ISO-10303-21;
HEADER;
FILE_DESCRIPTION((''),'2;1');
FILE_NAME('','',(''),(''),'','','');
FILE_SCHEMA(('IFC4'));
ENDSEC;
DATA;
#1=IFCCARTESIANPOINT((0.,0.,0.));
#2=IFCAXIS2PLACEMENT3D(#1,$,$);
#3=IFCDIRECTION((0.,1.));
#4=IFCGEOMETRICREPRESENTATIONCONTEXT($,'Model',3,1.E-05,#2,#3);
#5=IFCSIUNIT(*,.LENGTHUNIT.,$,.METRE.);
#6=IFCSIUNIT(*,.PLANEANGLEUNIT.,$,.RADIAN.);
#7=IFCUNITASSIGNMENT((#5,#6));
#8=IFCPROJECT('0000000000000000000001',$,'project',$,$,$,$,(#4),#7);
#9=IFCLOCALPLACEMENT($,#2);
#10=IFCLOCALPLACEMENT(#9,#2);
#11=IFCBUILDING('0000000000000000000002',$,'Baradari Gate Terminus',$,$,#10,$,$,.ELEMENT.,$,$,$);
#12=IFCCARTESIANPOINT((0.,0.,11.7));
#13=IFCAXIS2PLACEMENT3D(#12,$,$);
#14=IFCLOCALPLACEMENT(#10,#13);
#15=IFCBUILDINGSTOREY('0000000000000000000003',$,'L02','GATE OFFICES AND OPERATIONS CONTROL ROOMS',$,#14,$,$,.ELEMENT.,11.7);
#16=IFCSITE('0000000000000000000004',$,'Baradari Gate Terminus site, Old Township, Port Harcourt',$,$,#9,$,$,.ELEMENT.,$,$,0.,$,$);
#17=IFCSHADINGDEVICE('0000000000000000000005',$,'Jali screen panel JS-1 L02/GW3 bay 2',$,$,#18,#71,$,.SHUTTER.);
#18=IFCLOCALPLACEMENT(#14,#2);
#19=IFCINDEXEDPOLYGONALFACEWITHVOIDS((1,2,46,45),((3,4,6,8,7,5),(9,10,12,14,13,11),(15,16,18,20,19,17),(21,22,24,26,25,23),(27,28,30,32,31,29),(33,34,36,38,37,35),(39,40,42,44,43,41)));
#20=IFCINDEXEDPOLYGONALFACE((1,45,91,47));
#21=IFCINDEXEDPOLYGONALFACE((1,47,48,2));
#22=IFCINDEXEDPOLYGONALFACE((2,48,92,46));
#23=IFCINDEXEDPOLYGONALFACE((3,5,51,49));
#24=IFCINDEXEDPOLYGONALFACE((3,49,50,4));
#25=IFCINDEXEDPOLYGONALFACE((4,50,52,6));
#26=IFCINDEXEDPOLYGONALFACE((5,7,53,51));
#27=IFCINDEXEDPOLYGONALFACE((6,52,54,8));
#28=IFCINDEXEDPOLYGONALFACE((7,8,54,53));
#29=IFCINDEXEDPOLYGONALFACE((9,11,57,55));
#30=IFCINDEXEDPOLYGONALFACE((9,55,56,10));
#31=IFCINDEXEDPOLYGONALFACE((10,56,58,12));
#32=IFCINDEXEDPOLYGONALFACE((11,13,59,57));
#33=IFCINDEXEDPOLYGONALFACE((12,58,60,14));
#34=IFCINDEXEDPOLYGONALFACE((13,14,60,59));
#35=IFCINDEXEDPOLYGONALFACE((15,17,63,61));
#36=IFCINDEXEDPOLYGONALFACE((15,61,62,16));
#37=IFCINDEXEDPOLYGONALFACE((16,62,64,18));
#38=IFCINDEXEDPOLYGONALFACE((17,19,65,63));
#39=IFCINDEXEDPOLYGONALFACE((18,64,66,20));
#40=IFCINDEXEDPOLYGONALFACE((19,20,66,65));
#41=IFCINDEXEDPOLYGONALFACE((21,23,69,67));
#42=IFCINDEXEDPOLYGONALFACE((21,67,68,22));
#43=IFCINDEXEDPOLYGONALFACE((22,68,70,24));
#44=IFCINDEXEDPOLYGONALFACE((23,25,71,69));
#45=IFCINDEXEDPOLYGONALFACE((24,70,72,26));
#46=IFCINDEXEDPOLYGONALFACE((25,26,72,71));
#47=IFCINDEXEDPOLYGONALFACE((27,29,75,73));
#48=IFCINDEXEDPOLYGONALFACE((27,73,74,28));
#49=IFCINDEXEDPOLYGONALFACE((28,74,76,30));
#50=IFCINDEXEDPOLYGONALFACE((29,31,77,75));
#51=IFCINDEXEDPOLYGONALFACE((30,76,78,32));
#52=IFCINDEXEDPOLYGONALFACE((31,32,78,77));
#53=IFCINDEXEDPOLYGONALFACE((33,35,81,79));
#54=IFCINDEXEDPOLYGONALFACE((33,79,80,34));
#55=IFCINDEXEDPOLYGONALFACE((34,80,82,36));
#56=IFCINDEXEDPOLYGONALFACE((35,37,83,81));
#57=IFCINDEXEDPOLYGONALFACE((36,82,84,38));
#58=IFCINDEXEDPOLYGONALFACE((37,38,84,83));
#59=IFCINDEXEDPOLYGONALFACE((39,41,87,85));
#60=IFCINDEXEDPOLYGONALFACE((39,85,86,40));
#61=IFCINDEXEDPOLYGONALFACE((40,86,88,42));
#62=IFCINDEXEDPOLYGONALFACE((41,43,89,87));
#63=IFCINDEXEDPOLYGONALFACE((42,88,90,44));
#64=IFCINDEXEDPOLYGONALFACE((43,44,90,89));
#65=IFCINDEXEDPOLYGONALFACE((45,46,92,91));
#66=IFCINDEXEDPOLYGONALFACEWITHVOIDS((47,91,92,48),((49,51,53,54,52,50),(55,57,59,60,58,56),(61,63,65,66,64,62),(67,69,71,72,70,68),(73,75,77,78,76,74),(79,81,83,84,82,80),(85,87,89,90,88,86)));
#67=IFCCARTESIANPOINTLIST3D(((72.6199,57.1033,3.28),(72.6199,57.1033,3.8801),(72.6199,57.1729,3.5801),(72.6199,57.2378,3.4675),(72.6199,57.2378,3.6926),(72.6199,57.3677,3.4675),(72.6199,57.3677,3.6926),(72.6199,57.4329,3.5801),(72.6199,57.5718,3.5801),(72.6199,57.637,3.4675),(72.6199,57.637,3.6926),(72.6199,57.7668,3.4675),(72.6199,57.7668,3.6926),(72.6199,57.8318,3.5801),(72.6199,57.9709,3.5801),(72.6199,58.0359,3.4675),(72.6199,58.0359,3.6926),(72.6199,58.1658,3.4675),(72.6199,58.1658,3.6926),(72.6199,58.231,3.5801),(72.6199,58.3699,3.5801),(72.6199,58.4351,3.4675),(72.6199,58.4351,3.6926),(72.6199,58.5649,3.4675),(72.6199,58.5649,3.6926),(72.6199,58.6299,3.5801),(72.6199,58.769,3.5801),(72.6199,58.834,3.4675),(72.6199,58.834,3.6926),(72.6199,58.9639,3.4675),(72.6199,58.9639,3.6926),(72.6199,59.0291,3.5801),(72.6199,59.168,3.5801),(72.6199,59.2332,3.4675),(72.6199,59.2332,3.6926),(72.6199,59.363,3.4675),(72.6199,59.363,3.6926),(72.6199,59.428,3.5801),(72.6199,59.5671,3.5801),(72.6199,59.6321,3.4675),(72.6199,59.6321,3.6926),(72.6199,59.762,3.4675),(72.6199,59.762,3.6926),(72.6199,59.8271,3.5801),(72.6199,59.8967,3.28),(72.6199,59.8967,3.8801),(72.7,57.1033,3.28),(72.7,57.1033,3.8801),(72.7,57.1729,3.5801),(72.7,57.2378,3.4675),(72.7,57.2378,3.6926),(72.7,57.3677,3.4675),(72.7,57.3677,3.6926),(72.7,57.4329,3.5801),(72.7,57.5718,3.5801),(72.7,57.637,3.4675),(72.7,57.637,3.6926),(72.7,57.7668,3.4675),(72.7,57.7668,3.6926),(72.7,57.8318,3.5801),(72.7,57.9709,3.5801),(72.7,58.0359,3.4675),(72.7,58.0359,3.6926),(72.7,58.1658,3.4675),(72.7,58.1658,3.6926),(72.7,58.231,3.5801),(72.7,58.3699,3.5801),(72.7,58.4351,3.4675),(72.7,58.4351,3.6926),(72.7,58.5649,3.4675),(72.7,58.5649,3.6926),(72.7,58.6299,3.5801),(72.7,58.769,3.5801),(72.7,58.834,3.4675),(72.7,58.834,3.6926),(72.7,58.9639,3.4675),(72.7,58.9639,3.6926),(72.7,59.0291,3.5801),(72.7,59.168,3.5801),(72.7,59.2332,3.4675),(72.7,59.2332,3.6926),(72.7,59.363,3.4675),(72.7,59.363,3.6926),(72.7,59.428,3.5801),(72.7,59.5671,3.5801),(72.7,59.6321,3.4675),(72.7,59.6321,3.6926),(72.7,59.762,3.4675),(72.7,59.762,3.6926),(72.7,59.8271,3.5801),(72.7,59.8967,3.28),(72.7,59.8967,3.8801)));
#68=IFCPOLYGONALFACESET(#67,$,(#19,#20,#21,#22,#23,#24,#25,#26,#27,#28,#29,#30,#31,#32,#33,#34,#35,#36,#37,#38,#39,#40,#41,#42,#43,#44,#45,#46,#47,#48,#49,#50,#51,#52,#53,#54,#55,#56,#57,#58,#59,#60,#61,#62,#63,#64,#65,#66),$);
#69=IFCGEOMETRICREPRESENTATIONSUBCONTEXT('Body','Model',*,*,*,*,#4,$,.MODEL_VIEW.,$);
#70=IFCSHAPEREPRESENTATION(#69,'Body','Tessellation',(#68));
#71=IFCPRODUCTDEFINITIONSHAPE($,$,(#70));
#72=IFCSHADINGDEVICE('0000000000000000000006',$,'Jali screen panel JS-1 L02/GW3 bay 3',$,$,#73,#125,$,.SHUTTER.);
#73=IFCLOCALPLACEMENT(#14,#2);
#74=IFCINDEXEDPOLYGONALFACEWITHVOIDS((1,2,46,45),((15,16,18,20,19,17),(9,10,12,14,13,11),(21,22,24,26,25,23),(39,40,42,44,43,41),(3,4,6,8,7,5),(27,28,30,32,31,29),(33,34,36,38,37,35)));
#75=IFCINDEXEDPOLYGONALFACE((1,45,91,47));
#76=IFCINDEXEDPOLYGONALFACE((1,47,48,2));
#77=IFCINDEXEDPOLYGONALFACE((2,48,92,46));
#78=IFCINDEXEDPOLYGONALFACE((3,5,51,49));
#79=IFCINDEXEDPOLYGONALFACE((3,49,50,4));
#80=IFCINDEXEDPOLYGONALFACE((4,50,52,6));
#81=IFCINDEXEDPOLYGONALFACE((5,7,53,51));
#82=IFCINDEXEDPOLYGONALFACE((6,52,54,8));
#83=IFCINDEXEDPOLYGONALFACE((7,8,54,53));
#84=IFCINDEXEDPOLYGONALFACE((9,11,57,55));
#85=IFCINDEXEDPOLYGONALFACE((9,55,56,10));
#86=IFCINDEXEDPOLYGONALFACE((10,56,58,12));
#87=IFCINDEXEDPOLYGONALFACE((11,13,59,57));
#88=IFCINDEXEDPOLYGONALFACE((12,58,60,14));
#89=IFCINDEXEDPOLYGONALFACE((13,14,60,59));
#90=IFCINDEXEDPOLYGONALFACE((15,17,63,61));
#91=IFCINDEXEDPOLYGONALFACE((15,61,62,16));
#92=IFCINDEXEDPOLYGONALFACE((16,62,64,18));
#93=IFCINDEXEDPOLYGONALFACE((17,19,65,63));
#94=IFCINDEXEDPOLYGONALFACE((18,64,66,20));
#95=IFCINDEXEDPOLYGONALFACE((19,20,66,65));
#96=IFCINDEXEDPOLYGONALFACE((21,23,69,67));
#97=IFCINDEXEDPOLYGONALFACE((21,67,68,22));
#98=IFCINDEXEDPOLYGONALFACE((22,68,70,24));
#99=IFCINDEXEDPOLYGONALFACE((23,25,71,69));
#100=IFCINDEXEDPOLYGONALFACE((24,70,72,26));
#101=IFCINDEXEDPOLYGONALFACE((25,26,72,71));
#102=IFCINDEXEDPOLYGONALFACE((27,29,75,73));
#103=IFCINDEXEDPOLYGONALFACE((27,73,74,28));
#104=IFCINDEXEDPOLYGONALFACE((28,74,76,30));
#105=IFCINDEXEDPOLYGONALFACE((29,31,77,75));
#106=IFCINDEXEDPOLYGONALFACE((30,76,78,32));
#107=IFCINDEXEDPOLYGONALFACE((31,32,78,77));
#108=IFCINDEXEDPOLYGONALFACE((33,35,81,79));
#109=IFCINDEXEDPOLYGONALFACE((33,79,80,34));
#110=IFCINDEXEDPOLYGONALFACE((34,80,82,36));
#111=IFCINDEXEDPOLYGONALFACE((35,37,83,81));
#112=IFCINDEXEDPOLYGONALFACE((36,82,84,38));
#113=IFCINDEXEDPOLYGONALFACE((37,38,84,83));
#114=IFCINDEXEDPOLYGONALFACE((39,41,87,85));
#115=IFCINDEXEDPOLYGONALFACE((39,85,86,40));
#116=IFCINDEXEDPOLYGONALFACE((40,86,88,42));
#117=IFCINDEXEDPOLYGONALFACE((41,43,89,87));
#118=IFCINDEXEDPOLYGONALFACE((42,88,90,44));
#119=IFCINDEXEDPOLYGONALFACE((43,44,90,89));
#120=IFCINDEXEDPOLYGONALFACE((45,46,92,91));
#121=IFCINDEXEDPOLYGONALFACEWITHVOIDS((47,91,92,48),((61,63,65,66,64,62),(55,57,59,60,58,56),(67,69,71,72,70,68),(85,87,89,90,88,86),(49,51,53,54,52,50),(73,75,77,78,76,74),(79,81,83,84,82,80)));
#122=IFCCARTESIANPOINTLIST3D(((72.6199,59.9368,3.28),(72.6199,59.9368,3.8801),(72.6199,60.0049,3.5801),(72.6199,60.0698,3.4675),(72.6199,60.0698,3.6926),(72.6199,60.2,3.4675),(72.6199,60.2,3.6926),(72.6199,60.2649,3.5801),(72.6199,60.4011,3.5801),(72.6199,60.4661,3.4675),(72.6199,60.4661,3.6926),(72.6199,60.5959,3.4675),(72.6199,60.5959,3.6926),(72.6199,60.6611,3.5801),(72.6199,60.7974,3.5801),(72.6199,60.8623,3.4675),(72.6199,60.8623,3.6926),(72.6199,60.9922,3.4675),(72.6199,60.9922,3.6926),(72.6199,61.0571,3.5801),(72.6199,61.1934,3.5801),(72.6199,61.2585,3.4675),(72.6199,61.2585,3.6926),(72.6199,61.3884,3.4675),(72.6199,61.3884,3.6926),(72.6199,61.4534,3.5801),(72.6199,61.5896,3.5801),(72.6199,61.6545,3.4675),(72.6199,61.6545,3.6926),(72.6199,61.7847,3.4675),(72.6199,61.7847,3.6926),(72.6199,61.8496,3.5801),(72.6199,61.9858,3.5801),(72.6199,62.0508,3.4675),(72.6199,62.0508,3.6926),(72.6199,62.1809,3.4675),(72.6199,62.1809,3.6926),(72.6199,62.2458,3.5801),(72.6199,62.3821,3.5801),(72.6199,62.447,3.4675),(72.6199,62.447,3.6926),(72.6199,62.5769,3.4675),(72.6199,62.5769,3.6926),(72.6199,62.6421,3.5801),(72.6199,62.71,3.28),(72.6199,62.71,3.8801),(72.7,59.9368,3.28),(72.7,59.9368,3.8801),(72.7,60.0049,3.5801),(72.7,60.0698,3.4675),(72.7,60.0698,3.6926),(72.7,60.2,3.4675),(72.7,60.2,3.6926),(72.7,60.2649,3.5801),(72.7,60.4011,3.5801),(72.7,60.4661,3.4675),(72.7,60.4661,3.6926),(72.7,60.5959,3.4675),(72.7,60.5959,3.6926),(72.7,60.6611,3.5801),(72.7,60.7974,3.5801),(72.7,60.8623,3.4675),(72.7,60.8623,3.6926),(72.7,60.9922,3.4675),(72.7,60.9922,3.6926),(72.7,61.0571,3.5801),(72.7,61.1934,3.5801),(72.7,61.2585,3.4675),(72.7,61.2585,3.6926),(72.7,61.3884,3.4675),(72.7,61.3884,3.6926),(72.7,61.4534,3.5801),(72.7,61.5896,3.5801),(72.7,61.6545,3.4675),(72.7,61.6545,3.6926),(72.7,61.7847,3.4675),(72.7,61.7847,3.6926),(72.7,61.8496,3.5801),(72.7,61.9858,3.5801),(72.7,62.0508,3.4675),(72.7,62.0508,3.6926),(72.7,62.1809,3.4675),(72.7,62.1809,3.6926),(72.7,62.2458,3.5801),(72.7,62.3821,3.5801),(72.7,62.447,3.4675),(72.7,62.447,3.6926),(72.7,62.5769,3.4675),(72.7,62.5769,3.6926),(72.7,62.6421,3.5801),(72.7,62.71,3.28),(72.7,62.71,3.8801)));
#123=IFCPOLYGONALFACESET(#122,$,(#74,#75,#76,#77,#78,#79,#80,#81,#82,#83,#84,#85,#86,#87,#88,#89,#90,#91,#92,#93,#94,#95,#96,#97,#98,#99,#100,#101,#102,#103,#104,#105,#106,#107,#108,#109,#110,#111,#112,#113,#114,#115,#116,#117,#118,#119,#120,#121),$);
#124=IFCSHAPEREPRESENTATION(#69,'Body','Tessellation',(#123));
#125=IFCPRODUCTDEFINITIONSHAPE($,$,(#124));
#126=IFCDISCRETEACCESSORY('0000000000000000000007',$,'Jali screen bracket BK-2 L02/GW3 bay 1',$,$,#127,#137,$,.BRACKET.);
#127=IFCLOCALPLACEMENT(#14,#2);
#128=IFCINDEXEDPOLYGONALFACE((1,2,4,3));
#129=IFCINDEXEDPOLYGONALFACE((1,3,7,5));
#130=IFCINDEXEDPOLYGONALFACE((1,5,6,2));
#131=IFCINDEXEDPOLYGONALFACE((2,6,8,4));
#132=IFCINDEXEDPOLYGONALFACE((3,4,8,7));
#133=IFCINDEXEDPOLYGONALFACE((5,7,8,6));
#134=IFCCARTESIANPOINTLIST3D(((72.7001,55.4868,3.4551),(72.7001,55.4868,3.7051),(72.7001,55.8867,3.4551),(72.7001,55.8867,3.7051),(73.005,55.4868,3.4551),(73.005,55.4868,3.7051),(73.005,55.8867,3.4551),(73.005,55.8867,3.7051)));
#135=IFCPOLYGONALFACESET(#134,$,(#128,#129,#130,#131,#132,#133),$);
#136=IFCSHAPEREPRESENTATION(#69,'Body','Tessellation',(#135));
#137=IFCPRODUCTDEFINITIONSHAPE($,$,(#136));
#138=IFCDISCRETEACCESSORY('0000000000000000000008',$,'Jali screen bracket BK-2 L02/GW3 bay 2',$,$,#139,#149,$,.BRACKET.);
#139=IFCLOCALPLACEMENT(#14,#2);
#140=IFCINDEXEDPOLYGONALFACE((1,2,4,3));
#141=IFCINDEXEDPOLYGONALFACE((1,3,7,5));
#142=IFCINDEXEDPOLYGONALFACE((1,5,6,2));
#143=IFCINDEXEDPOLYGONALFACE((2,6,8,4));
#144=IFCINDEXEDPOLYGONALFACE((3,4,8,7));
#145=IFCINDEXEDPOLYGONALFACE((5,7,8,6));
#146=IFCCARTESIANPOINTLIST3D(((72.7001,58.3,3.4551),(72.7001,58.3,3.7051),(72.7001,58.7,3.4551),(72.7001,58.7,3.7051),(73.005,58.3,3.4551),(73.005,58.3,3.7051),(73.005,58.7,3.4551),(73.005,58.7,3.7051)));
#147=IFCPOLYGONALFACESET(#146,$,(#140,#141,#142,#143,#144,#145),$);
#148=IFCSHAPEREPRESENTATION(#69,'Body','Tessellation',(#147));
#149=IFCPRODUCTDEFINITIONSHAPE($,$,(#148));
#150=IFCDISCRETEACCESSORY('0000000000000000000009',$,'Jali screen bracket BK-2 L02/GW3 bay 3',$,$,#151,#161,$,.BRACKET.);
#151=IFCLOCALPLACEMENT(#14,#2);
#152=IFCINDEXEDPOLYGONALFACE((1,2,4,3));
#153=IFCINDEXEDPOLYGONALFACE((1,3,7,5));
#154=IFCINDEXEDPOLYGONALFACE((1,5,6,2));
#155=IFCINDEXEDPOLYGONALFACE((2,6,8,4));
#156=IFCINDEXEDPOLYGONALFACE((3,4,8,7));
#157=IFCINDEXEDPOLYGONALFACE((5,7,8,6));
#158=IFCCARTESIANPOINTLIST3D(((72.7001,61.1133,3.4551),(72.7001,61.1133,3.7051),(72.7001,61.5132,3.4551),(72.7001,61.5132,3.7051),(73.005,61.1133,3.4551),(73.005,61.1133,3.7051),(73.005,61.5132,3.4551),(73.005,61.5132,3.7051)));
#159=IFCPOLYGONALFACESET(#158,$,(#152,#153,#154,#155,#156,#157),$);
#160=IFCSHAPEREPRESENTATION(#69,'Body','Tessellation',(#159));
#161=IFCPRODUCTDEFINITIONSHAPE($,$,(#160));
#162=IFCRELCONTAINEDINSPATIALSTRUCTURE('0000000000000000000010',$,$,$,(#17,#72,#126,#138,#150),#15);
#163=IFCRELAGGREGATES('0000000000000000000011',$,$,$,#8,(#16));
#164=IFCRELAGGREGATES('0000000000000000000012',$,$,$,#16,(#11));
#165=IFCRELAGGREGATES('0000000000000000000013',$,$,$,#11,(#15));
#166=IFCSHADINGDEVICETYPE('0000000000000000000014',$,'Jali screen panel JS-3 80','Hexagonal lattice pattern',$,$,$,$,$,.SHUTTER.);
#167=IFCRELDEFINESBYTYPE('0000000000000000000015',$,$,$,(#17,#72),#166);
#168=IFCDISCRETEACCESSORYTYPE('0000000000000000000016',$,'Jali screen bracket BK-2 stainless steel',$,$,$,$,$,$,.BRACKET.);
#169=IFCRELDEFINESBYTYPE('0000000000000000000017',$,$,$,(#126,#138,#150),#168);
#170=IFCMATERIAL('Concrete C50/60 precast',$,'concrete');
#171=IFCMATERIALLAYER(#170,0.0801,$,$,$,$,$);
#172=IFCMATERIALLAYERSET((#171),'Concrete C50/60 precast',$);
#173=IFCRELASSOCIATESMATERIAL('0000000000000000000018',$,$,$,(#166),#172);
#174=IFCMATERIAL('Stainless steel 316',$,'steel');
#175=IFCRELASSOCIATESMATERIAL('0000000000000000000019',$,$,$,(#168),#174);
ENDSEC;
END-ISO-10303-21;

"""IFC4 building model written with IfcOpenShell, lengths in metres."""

from ifc_helpers import new_model, si_unit, direction, frame, origin, origin_2d, place, context, subcontext, project, spatial, polyline, rectangle, outline, extrude, material, layer, layer_set, type_object, element, save


model = new_model("IFC4")

# Units and contexts
model_context = context("Model", 3, precision=1e-05, world=origin(), true_north=direction((0.0, 1.0)))
body_context = subcontext(model_context, "Body", "Model", "MODEL_VIEW")
ifc_project = project(units=[si_unit("LENGTHUNIT", "METRE"), si_unit("PLANEANGLEUNIT", "RADIAN")], contexts=[model_context])

# Site, building, storey
site_placement = place(None, origin())
site = spatial("IfcSite", under=ifc_project, at=site_placement, Name="Baradari Gate Terminus site, Old Township, Port Harcourt", CompositionType="ELEMENT", RefElevation=0.0)
building_placement = place(site_placement, origin())
building = spatial("IfcBuilding", under=site, at=building_placement, Name="Baradari Gate Terminus", CompositionType="ELEMENT")
storey_placement = place(building_placement, frame((0.0, 0.0, 11.7)))
storey = spatial("IfcBuildingStorey", under=building, at=storey_placement, Name="L02", Description="GATE OFFICES AND OPERATIONS CONTROL ROOMS", CompositionType="ELEMENT", Elevation=11.7)

# Shading devices
ifc_material_1 = material(Name="Concrete C50/60 precast", Category="concrete")
ifc_layer_1 = layer(ifc_material_1, 0.0801)
ifc_layer_set_1 = layer_set([ifc_layer_1], Name="Concrete C50/60 precast")
shading_device_type = type_object("IfcShadingDeviceType", Name="Jali screen panel JS-3 80", Description="Hexagonal lattice pattern", PredefinedType="SHUTTER", material=ifc_layer_set_1)
shading_device_1_placement = place(storey_placement, frame((72.6599, 57.1033, 3.28), z_axis=(0.0, 0.0, 1.0), x_axis=(0.0, 1.0, 0.0)))
element("IfcShadingDevice", 1, at=shading_device_1_placement, inside=storey, type_object=shading_device_type, Name="Jali screen panel JS-1 L02/GW3 bay 2", PredefinedType="SHUTTER", context=body_context, shape_type="SweptSolid", body=[
    extrude(outline(polyline([(0.0, 0.0), (2.7935, 0.0), (2.7935, 0.6001), (0.0, 0.6001), (0.0, 0.0)]), holes=[polyline([(0.3296, 0.3), (0.2644, 0.1875), (0.1345, 0.1875), (0.0696, 0.3), (0.1345, 0.4126), (0.2644, 0.4126), (0.3296, 0.3)]), polyline([(0.7285, 0.3), (0.6636, 0.1875), (0.5337, 0.1875), (0.4685, 0.3), (0.5337, 0.4126), (0.6636, 0.4126), (0.7285, 0.3)]), polyline([(1.1277, 0.3), (1.0625, 0.1875), (0.9326, 0.1875), (0.8677, 0.3), (0.9326, 0.4126), (1.0625, 0.4126), (1.1277, 0.3)]), polyline([(1.5266, 0.3), (1.4617, 0.1875), (1.3318, 0.1875), (1.2666, 0.3), (1.3318, 0.4126), (1.4617, 0.4126), (1.5266, 0.3)]), polyline([(1.9258, 0.3), (1.8606, 0.1875), (1.7307, 0.1875), (1.6658, 0.3), (1.7307, 0.4126), (1.8606, 0.4126), (1.9258, 0.3)]), polyline([(2.3247, 0.3), (2.2598, 0.1875), (2.1299, 0.1875), (2.0647, 0.3), (2.1299, 0.4126), (2.2598, 0.4126), (2.3247, 0.3)]), polyline([(2.7239, 0.3), (2.6587, 0.1875), (2.5288, 0.1875), (2.4639, 0.3), (2.5288, 0.4126), (2.6587, 0.4126), (2.7239, 0.3)])]), frame((0.0, 0.04, 0.0), z_axis=(0.0, -1.0, 0.0), x_axis=(1.0, 0.0, 0.0)), (0.0, 0.0, 1.0), 0.0801),
])
shading_device_2_placement = place(storey_placement, frame((72.6599, 59.9368, 3.28), z_axis=(0.0, 0.0, 1.0), x_axis=(0.0, 1.0, 0.0)))
element("IfcShadingDevice", 2, at=shading_device_2_placement, inside=storey, type_object=shading_device_type, Name="Jali screen panel JS-1 L02/GW3 bay 3", PredefinedType="SHUTTER", context=body_context, shape_type="SweptSolid", body=[
    extrude(outline(polyline([(0.0, 0.0), (2.7732, 0.0), (2.7732, 0.6001), (0.0, 0.6001), (0.0, 0.0)]), holes=[polyline([(0.3281, 0.3), (0.2632, 0.1875), (0.1331, 0.1875), (0.0681, 0.3), (0.1331, 0.4126), (0.2632, 0.4126), (0.3281, 0.3)]), polyline([(0.7244, 0.3), (0.6592, 0.1875), (0.5293, 0.1875), (0.4644, 0.3), (0.5293, 0.4126), (0.6592, 0.4126), (0.7244, 0.3)]), polyline([(1.1204, 0.3), (1.0554, 0.1875), (0.9255, 0.1875), (0.8606, 0.3), (0.9255, 0.4126), (1.0554, 0.4126), (1.1204, 0.3)]), polyline([(1.5166, 0.3), (1.4517, 0.1875), (1.3218, 0.1875), (1.2566, 0.3), (1.3218, 0.4126), (1.4517, 0.4126), (1.5166, 0.3)]), polyline([(1.9128, 0.3), (1.8479, 0.1875), (1.7178, 0.1875), (1.6528, 0.3), (1.7178, 0.4126), (1.8479, 0.4126), (1.9128, 0.3)]), polyline([(2.3091, 0.3), (2.2441, 0.1875), (2.114, 0.1875), (2.0491, 0.3), (2.114, 0.4126), (2.2441, 0.4126), (2.3091, 0.3)]), polyline([(2.7053, 0.3), (2.6401, 0.1875), (2.5103, 0.1875), (2.4453, 0.3), (2.5103, 0.4126), (2.6401, 0.4126), (2.7053, 0.3)])]), frame((0.0, 0.04, 0.0), z_axis=(0.0, -1.0, 0.0), x_axis=(1.0, 0.0, 0.0)), (0.0, 0.0, 1.0), 0.0801),
])

# Discrete accessories
ifc_material_2 = material(Name="Stainless steel 316", Category="steel")
discrete_accessory_type = type_object("IfcDiscreteAccessoryType", Name="Jali screen bracket BK-2 stainless steel", PredefinedType="BRACKET", material=ifc_material_2)
for number, where, z_axis, x_axis, name in (
    (3, (72.8525, 55.6868, 3.4551), (0.0, 0.0, 1.0), (-1.0, 0.0, 0.0), "Jali screen bracket BK-2 L02/GW3 bay 1"),
    (4, (72.8525, 58.5, 3.4551), (0.0, 0.0, 1.0), (-1.0, 0.0, 0.0), "Jali screen bracket BK-2 L02/GW3 bay 2"),
    (5, (72.8525, 61.3132, 3.4551), (0.0, 0.0, 1.0), (-1.0, 0.0, 0.0), "Jali screen bracket BK-2 L02/GW3 bay 3"),
):
    element("IfcDiscreteAccessory", number, at=place(storey_placement, frame(where, z_axis=z_axis, x_axis=x_axis)), inside=storey, type_object=discrete_accessory_type, Name=name, PredefinedType="BRACKET", context=body_context, shape_type="SweptSolid", body=[
        extrude(rectangle(XDim=0.3049, YDim=0.3999, at=origin_2d()), origin(), (0.0, 0.0, 1.0), 0.25),
    ])

save(model, "model.ifc")
